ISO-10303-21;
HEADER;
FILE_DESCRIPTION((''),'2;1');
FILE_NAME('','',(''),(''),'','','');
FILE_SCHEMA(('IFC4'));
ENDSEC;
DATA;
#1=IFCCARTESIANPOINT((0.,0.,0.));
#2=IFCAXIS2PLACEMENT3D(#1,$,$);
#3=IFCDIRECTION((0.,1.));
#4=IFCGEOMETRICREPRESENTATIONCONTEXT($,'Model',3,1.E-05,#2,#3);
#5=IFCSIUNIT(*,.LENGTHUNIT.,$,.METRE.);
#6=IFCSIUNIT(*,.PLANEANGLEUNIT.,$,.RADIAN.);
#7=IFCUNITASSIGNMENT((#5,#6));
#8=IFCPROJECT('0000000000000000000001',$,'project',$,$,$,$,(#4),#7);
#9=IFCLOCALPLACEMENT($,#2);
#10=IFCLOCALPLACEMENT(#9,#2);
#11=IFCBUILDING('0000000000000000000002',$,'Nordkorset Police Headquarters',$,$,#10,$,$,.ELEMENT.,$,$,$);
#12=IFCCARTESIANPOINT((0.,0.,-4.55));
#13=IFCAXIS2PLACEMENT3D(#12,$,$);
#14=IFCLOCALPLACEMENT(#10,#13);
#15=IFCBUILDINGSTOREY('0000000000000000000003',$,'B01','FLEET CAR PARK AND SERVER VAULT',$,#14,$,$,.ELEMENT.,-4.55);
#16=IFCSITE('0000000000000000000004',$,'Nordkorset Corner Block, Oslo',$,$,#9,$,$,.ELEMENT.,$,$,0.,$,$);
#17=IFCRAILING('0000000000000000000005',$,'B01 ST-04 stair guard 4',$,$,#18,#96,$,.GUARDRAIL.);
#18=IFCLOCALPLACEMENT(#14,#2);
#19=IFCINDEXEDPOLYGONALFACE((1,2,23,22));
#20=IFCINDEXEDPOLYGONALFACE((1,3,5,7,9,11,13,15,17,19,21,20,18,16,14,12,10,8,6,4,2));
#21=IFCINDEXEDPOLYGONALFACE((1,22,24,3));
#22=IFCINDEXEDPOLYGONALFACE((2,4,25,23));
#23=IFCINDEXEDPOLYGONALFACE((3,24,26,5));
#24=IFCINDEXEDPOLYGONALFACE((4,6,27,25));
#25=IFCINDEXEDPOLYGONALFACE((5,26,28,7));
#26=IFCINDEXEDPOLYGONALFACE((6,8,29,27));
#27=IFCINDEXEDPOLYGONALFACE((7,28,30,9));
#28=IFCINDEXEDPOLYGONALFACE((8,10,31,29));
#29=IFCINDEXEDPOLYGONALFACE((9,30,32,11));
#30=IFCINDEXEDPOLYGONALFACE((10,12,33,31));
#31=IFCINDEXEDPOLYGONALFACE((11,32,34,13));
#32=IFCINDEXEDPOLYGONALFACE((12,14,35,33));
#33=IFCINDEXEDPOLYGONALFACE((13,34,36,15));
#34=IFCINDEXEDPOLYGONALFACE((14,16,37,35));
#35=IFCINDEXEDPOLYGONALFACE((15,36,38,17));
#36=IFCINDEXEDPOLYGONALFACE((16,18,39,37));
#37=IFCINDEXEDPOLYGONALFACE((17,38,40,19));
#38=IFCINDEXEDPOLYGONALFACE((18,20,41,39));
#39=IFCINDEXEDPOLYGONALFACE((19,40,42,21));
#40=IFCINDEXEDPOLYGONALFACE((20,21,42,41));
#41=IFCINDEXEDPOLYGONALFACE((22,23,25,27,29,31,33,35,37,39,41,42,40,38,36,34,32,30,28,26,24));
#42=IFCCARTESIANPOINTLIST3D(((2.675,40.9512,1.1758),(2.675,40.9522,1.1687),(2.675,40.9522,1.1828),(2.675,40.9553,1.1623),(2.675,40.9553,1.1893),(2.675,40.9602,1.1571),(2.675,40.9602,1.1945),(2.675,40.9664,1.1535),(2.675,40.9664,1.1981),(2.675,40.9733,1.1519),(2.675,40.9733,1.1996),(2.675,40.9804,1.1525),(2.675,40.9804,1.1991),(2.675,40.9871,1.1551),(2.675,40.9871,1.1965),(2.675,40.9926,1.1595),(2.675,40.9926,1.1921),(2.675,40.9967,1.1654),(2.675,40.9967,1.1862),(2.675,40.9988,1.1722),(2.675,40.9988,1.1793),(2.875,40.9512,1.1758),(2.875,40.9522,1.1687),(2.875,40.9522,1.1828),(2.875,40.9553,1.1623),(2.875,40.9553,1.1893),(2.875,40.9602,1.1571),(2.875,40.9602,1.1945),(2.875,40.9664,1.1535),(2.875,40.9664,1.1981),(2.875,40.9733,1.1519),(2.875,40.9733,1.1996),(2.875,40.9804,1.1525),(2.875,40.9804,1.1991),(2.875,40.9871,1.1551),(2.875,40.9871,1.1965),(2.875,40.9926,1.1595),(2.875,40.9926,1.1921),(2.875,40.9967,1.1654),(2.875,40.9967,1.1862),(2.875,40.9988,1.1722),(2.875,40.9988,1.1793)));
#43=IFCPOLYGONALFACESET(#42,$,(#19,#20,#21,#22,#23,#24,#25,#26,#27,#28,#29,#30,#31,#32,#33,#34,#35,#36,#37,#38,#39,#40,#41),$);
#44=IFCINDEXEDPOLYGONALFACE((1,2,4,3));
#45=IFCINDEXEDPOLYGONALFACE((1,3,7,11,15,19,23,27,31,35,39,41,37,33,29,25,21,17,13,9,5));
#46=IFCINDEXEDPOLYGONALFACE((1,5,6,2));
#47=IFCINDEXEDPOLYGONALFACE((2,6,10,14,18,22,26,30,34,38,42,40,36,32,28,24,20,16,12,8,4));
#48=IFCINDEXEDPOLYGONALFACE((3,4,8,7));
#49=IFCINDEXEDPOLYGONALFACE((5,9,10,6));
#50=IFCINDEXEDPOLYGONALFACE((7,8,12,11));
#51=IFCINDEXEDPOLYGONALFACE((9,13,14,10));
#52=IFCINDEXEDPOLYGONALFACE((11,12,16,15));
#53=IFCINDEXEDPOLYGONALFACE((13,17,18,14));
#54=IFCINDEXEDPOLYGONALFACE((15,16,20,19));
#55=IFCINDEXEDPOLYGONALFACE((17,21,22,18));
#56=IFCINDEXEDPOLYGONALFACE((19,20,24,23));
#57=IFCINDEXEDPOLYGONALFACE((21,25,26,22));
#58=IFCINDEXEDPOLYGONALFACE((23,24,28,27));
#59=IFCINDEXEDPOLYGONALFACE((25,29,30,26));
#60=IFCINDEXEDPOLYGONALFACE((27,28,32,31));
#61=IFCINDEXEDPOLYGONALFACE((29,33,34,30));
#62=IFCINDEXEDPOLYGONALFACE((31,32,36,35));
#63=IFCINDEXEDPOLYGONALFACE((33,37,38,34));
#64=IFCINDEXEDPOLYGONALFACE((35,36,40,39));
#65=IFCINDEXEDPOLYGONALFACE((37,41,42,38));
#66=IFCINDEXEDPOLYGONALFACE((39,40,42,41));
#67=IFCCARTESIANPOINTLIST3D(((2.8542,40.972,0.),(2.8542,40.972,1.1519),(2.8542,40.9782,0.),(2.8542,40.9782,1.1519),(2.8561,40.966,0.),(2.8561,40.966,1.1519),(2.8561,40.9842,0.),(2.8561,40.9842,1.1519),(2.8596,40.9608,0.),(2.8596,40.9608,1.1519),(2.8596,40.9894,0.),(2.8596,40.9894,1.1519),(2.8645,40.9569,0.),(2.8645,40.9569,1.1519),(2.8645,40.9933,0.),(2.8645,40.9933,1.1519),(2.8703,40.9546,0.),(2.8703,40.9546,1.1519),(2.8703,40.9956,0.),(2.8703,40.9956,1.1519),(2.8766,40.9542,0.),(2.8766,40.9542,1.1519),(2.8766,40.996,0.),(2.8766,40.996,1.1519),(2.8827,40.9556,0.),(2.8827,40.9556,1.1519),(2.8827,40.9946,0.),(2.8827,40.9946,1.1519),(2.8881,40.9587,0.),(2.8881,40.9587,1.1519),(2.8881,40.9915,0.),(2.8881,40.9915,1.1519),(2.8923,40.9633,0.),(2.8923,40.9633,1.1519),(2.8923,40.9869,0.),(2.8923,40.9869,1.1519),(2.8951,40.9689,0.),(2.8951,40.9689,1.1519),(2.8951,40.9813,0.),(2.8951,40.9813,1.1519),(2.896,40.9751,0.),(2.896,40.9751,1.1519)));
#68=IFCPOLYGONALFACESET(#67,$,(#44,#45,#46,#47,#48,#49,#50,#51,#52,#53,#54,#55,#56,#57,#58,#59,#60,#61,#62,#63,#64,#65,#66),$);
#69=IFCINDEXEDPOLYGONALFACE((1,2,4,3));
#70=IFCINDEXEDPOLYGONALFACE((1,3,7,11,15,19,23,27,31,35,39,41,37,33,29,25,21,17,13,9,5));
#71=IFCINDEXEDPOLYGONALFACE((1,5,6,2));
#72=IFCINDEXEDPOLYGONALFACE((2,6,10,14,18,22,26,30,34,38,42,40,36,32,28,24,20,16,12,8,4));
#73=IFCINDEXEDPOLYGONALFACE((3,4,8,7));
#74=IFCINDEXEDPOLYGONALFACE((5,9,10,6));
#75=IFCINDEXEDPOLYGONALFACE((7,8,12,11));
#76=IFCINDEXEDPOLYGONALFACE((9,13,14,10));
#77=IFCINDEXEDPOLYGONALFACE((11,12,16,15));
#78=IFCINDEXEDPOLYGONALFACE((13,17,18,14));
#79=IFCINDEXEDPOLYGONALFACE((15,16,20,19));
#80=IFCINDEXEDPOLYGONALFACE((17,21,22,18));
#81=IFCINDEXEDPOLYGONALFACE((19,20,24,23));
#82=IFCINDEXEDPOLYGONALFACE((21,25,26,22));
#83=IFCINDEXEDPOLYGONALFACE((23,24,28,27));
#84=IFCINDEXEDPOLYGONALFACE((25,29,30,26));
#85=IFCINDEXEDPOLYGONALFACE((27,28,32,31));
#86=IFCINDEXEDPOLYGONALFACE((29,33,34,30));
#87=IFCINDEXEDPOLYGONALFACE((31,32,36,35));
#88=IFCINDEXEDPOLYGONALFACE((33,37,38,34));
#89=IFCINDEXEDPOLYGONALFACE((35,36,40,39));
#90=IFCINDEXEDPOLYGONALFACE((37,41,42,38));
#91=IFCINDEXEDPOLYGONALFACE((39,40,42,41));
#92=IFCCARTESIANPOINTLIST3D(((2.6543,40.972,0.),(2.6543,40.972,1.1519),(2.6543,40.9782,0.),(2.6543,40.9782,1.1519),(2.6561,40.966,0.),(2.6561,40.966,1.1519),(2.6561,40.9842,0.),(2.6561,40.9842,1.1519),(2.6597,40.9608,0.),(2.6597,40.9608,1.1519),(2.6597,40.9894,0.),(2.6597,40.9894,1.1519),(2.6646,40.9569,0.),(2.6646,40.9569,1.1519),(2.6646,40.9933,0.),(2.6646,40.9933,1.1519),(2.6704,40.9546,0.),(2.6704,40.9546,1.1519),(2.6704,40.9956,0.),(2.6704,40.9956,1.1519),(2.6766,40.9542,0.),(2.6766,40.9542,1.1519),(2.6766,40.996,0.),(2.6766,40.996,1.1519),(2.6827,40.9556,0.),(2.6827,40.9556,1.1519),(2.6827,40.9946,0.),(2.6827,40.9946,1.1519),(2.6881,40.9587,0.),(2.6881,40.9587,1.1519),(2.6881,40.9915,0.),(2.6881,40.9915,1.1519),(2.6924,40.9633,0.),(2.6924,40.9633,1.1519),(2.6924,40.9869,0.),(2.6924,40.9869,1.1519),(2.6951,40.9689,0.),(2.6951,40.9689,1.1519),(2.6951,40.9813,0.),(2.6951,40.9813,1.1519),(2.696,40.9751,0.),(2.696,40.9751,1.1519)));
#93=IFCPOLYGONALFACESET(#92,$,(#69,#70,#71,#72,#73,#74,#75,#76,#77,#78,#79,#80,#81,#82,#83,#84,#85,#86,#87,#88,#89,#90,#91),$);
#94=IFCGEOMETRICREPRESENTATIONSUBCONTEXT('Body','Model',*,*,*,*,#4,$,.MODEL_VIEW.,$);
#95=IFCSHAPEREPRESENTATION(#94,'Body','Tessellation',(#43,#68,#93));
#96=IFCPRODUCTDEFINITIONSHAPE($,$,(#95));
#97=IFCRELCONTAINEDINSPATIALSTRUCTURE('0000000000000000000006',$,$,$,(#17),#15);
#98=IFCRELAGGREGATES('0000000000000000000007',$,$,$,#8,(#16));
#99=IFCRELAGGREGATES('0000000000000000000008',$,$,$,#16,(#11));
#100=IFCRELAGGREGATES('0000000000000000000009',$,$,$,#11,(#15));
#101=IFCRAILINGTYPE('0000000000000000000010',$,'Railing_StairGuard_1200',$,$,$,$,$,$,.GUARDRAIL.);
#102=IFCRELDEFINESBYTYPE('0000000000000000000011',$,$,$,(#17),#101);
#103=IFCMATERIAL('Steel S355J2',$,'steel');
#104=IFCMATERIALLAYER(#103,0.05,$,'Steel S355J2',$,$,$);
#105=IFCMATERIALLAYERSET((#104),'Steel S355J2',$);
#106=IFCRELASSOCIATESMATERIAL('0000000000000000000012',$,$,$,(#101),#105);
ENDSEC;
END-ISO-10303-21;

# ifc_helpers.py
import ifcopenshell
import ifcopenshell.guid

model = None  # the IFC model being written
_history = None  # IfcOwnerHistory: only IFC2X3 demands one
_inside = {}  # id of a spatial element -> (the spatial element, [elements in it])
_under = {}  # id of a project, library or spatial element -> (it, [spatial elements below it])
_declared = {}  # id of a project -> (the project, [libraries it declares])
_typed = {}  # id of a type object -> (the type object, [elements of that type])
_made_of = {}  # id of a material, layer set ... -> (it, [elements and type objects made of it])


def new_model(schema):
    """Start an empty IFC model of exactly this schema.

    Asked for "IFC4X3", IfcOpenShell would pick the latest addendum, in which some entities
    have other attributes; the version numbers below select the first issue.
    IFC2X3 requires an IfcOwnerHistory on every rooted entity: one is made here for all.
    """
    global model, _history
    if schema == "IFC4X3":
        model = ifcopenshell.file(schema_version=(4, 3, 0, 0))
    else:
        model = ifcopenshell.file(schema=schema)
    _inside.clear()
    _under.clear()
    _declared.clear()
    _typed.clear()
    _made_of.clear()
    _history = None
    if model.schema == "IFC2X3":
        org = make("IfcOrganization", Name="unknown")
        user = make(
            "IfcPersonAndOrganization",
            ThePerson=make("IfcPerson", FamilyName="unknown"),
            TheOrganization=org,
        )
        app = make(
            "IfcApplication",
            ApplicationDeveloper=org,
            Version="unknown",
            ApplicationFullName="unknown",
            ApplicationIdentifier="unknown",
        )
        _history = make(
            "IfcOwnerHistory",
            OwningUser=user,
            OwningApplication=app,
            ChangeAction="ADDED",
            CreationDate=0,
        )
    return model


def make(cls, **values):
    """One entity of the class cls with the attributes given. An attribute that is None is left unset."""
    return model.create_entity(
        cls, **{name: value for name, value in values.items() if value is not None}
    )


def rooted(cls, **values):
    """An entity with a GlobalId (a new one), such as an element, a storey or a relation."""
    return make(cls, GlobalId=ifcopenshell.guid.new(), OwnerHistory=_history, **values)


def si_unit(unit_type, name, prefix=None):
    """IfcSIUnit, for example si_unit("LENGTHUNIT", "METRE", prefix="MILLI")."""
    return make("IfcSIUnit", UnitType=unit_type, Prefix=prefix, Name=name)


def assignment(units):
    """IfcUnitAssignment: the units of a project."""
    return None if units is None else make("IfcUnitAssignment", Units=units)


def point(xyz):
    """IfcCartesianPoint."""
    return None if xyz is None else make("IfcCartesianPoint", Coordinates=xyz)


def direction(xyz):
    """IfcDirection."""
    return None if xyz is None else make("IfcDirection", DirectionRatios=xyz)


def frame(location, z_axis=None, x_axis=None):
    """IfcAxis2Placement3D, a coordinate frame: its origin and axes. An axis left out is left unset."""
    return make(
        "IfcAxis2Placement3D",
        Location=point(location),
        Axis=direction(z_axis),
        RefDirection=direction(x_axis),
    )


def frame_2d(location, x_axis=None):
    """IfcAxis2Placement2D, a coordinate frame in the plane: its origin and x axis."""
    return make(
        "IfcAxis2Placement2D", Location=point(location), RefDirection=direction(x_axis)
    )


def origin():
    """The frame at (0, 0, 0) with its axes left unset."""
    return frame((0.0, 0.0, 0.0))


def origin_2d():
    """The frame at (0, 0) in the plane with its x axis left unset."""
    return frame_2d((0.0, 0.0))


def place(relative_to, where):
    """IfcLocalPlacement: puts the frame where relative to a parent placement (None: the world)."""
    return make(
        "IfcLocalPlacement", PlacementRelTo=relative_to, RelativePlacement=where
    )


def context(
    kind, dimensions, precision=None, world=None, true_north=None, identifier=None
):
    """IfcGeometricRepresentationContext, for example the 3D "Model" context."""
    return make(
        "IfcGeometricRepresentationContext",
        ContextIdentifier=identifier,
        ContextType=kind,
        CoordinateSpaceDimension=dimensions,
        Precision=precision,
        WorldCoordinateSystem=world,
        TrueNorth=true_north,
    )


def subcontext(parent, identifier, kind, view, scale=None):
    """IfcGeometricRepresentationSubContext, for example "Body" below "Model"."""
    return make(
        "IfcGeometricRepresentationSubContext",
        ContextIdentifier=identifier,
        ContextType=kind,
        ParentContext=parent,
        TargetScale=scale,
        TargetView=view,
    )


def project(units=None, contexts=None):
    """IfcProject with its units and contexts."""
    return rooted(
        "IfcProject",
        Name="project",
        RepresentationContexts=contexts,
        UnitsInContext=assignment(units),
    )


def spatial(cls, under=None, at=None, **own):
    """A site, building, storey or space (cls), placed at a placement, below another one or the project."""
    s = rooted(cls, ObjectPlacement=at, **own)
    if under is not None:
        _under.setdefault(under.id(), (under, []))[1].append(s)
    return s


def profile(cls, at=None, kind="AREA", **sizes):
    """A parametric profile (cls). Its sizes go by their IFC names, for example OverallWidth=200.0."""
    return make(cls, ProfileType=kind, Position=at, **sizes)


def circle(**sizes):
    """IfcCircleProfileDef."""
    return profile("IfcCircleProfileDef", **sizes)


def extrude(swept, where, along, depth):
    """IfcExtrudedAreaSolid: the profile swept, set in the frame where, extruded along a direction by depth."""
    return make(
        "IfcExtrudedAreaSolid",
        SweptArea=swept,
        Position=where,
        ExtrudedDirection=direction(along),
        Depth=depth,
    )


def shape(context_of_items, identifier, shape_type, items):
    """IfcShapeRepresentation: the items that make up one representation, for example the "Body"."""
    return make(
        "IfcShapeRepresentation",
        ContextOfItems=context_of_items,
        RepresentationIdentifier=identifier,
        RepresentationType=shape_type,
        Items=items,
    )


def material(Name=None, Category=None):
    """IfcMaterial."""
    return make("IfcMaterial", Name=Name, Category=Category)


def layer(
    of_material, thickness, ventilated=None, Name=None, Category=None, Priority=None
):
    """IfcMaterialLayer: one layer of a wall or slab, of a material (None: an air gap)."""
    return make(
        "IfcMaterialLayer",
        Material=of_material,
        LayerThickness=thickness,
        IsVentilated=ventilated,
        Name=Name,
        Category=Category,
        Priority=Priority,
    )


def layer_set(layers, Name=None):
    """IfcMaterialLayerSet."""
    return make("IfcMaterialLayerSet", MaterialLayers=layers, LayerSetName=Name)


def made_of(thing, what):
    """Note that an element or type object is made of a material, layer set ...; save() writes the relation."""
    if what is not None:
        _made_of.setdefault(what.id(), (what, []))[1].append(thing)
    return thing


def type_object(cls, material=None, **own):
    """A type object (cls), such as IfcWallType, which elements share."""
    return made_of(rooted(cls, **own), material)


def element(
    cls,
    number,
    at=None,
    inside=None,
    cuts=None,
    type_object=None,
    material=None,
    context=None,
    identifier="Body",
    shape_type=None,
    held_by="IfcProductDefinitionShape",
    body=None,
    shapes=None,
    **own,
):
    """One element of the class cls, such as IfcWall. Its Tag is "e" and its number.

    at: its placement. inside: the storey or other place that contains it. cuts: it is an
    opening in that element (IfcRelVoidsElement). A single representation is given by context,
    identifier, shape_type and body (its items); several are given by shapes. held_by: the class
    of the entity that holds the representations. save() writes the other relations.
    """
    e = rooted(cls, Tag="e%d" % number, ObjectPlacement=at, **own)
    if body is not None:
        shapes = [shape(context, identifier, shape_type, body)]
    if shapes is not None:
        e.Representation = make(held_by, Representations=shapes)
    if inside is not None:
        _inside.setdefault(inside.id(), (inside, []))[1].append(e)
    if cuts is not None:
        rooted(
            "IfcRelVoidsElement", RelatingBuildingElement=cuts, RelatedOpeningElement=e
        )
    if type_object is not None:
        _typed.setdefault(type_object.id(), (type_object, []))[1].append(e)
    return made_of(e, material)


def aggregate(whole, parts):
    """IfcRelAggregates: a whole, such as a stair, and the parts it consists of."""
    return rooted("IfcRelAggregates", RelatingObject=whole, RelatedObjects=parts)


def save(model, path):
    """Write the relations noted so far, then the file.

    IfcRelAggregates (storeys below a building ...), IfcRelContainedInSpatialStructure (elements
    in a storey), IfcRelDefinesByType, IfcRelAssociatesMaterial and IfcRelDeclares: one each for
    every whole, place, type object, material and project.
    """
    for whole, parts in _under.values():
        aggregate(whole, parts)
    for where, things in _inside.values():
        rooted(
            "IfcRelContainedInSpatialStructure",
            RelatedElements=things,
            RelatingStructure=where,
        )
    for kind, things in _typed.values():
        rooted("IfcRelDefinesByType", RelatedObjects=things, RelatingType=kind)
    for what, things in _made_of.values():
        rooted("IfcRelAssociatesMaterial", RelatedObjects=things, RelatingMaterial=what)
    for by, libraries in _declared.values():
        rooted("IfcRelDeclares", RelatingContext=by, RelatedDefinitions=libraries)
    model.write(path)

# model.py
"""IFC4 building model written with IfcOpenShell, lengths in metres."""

from ifc_helpers import new_model, si_unit, direction, frame, origin, origin_2d, place, context, subcontext, project, spatial, circle, extrude, material, layer, layer_set, type_object, element, save


model = new_model("IFC4")

# Units and contexts
model_context = context("Model", 3, precision=1e-05, world=origin(), true_north=direction((0.0, 1.0)))
body_context = subcontext(model_context, "Body", "Model", "MODEL_VIEW")
ifc_project = project(units=[si_unit("LENGTHUNIT", "METRE"), si_unit("PLANEANGLEUNIT", "RADIAN")], contexts=[model_context])

# Site, building, storey
site_placement = place(None, origin())
site = spatial("IfcSite", under=ifc_project, at=site_placement, Name="Nordkorset Corner Block, Oslo", CompositionType="ELEMENT", RefElevation=0.0)
building_placement = place(site_placement, origin())
building = spatial("IfcBuilding", under=site, at=building_placement, Name="Nordkorset Police Headquarters", CompositionType="ELEMENT")
storey_placement = place(building_placement, frame((0.0, 0.0, -4.55)))
storey = spatial("IfcBuildingStorey", under=building, at=storey_placement, Name="B01", Description="FLEET CAR PARK AND SERVER VAULT", CompositionType="ELEMENT", Elevation=-4.55)

# Railing
ifc_material_1 = material(Name="Steel S355J2", Category="steel")
ifc_layer_1 = layer(ifc_material_1, 0.05, Name="Steel S355J2")
ifc_layer_set_1 = layer_set([ifc_layer_1], Name="Steel S355J2")
railing_type_1 = type_object("IfcRailingType", Name="Railing_StairGuard_1200", PredefinedType="GUARDRAIL", material=ifc_layer_set_1)
railing_1_placement = place(storey_placement, frame((2.875, 40.9751, 0.0)))
element("IfcRailing", 1, at=railing_1_placement, inside=storey, type_object=railing_type_1, Name="B01 ST-04 stair guard 4", PredefinedType="GUARDRAIL", context=body_context, shape_type="SweptSolid", body=[
    extrude(circle(Radius=0.0239, at=origin_2d()), frame((0.0, 0.0, 1.1758), z_axis=(-1.0, 0.0, 0.0), x_axis=(0.0, -1.0, 0.0)), (0.0, 0.0, 1.0), 0.2),
    extrude(circle(Radius=0.021, at=origin_2d()), origin(), (0.0, 0.0, 1.0), 1.1519),
    extrude(circle(Radius=0.021, at=origin_2d()), frame((-0.2, 0.0, 0.0)), (0.0, 0.0, 1.0), 1.1519),
])

save(model, "model.ifc")
